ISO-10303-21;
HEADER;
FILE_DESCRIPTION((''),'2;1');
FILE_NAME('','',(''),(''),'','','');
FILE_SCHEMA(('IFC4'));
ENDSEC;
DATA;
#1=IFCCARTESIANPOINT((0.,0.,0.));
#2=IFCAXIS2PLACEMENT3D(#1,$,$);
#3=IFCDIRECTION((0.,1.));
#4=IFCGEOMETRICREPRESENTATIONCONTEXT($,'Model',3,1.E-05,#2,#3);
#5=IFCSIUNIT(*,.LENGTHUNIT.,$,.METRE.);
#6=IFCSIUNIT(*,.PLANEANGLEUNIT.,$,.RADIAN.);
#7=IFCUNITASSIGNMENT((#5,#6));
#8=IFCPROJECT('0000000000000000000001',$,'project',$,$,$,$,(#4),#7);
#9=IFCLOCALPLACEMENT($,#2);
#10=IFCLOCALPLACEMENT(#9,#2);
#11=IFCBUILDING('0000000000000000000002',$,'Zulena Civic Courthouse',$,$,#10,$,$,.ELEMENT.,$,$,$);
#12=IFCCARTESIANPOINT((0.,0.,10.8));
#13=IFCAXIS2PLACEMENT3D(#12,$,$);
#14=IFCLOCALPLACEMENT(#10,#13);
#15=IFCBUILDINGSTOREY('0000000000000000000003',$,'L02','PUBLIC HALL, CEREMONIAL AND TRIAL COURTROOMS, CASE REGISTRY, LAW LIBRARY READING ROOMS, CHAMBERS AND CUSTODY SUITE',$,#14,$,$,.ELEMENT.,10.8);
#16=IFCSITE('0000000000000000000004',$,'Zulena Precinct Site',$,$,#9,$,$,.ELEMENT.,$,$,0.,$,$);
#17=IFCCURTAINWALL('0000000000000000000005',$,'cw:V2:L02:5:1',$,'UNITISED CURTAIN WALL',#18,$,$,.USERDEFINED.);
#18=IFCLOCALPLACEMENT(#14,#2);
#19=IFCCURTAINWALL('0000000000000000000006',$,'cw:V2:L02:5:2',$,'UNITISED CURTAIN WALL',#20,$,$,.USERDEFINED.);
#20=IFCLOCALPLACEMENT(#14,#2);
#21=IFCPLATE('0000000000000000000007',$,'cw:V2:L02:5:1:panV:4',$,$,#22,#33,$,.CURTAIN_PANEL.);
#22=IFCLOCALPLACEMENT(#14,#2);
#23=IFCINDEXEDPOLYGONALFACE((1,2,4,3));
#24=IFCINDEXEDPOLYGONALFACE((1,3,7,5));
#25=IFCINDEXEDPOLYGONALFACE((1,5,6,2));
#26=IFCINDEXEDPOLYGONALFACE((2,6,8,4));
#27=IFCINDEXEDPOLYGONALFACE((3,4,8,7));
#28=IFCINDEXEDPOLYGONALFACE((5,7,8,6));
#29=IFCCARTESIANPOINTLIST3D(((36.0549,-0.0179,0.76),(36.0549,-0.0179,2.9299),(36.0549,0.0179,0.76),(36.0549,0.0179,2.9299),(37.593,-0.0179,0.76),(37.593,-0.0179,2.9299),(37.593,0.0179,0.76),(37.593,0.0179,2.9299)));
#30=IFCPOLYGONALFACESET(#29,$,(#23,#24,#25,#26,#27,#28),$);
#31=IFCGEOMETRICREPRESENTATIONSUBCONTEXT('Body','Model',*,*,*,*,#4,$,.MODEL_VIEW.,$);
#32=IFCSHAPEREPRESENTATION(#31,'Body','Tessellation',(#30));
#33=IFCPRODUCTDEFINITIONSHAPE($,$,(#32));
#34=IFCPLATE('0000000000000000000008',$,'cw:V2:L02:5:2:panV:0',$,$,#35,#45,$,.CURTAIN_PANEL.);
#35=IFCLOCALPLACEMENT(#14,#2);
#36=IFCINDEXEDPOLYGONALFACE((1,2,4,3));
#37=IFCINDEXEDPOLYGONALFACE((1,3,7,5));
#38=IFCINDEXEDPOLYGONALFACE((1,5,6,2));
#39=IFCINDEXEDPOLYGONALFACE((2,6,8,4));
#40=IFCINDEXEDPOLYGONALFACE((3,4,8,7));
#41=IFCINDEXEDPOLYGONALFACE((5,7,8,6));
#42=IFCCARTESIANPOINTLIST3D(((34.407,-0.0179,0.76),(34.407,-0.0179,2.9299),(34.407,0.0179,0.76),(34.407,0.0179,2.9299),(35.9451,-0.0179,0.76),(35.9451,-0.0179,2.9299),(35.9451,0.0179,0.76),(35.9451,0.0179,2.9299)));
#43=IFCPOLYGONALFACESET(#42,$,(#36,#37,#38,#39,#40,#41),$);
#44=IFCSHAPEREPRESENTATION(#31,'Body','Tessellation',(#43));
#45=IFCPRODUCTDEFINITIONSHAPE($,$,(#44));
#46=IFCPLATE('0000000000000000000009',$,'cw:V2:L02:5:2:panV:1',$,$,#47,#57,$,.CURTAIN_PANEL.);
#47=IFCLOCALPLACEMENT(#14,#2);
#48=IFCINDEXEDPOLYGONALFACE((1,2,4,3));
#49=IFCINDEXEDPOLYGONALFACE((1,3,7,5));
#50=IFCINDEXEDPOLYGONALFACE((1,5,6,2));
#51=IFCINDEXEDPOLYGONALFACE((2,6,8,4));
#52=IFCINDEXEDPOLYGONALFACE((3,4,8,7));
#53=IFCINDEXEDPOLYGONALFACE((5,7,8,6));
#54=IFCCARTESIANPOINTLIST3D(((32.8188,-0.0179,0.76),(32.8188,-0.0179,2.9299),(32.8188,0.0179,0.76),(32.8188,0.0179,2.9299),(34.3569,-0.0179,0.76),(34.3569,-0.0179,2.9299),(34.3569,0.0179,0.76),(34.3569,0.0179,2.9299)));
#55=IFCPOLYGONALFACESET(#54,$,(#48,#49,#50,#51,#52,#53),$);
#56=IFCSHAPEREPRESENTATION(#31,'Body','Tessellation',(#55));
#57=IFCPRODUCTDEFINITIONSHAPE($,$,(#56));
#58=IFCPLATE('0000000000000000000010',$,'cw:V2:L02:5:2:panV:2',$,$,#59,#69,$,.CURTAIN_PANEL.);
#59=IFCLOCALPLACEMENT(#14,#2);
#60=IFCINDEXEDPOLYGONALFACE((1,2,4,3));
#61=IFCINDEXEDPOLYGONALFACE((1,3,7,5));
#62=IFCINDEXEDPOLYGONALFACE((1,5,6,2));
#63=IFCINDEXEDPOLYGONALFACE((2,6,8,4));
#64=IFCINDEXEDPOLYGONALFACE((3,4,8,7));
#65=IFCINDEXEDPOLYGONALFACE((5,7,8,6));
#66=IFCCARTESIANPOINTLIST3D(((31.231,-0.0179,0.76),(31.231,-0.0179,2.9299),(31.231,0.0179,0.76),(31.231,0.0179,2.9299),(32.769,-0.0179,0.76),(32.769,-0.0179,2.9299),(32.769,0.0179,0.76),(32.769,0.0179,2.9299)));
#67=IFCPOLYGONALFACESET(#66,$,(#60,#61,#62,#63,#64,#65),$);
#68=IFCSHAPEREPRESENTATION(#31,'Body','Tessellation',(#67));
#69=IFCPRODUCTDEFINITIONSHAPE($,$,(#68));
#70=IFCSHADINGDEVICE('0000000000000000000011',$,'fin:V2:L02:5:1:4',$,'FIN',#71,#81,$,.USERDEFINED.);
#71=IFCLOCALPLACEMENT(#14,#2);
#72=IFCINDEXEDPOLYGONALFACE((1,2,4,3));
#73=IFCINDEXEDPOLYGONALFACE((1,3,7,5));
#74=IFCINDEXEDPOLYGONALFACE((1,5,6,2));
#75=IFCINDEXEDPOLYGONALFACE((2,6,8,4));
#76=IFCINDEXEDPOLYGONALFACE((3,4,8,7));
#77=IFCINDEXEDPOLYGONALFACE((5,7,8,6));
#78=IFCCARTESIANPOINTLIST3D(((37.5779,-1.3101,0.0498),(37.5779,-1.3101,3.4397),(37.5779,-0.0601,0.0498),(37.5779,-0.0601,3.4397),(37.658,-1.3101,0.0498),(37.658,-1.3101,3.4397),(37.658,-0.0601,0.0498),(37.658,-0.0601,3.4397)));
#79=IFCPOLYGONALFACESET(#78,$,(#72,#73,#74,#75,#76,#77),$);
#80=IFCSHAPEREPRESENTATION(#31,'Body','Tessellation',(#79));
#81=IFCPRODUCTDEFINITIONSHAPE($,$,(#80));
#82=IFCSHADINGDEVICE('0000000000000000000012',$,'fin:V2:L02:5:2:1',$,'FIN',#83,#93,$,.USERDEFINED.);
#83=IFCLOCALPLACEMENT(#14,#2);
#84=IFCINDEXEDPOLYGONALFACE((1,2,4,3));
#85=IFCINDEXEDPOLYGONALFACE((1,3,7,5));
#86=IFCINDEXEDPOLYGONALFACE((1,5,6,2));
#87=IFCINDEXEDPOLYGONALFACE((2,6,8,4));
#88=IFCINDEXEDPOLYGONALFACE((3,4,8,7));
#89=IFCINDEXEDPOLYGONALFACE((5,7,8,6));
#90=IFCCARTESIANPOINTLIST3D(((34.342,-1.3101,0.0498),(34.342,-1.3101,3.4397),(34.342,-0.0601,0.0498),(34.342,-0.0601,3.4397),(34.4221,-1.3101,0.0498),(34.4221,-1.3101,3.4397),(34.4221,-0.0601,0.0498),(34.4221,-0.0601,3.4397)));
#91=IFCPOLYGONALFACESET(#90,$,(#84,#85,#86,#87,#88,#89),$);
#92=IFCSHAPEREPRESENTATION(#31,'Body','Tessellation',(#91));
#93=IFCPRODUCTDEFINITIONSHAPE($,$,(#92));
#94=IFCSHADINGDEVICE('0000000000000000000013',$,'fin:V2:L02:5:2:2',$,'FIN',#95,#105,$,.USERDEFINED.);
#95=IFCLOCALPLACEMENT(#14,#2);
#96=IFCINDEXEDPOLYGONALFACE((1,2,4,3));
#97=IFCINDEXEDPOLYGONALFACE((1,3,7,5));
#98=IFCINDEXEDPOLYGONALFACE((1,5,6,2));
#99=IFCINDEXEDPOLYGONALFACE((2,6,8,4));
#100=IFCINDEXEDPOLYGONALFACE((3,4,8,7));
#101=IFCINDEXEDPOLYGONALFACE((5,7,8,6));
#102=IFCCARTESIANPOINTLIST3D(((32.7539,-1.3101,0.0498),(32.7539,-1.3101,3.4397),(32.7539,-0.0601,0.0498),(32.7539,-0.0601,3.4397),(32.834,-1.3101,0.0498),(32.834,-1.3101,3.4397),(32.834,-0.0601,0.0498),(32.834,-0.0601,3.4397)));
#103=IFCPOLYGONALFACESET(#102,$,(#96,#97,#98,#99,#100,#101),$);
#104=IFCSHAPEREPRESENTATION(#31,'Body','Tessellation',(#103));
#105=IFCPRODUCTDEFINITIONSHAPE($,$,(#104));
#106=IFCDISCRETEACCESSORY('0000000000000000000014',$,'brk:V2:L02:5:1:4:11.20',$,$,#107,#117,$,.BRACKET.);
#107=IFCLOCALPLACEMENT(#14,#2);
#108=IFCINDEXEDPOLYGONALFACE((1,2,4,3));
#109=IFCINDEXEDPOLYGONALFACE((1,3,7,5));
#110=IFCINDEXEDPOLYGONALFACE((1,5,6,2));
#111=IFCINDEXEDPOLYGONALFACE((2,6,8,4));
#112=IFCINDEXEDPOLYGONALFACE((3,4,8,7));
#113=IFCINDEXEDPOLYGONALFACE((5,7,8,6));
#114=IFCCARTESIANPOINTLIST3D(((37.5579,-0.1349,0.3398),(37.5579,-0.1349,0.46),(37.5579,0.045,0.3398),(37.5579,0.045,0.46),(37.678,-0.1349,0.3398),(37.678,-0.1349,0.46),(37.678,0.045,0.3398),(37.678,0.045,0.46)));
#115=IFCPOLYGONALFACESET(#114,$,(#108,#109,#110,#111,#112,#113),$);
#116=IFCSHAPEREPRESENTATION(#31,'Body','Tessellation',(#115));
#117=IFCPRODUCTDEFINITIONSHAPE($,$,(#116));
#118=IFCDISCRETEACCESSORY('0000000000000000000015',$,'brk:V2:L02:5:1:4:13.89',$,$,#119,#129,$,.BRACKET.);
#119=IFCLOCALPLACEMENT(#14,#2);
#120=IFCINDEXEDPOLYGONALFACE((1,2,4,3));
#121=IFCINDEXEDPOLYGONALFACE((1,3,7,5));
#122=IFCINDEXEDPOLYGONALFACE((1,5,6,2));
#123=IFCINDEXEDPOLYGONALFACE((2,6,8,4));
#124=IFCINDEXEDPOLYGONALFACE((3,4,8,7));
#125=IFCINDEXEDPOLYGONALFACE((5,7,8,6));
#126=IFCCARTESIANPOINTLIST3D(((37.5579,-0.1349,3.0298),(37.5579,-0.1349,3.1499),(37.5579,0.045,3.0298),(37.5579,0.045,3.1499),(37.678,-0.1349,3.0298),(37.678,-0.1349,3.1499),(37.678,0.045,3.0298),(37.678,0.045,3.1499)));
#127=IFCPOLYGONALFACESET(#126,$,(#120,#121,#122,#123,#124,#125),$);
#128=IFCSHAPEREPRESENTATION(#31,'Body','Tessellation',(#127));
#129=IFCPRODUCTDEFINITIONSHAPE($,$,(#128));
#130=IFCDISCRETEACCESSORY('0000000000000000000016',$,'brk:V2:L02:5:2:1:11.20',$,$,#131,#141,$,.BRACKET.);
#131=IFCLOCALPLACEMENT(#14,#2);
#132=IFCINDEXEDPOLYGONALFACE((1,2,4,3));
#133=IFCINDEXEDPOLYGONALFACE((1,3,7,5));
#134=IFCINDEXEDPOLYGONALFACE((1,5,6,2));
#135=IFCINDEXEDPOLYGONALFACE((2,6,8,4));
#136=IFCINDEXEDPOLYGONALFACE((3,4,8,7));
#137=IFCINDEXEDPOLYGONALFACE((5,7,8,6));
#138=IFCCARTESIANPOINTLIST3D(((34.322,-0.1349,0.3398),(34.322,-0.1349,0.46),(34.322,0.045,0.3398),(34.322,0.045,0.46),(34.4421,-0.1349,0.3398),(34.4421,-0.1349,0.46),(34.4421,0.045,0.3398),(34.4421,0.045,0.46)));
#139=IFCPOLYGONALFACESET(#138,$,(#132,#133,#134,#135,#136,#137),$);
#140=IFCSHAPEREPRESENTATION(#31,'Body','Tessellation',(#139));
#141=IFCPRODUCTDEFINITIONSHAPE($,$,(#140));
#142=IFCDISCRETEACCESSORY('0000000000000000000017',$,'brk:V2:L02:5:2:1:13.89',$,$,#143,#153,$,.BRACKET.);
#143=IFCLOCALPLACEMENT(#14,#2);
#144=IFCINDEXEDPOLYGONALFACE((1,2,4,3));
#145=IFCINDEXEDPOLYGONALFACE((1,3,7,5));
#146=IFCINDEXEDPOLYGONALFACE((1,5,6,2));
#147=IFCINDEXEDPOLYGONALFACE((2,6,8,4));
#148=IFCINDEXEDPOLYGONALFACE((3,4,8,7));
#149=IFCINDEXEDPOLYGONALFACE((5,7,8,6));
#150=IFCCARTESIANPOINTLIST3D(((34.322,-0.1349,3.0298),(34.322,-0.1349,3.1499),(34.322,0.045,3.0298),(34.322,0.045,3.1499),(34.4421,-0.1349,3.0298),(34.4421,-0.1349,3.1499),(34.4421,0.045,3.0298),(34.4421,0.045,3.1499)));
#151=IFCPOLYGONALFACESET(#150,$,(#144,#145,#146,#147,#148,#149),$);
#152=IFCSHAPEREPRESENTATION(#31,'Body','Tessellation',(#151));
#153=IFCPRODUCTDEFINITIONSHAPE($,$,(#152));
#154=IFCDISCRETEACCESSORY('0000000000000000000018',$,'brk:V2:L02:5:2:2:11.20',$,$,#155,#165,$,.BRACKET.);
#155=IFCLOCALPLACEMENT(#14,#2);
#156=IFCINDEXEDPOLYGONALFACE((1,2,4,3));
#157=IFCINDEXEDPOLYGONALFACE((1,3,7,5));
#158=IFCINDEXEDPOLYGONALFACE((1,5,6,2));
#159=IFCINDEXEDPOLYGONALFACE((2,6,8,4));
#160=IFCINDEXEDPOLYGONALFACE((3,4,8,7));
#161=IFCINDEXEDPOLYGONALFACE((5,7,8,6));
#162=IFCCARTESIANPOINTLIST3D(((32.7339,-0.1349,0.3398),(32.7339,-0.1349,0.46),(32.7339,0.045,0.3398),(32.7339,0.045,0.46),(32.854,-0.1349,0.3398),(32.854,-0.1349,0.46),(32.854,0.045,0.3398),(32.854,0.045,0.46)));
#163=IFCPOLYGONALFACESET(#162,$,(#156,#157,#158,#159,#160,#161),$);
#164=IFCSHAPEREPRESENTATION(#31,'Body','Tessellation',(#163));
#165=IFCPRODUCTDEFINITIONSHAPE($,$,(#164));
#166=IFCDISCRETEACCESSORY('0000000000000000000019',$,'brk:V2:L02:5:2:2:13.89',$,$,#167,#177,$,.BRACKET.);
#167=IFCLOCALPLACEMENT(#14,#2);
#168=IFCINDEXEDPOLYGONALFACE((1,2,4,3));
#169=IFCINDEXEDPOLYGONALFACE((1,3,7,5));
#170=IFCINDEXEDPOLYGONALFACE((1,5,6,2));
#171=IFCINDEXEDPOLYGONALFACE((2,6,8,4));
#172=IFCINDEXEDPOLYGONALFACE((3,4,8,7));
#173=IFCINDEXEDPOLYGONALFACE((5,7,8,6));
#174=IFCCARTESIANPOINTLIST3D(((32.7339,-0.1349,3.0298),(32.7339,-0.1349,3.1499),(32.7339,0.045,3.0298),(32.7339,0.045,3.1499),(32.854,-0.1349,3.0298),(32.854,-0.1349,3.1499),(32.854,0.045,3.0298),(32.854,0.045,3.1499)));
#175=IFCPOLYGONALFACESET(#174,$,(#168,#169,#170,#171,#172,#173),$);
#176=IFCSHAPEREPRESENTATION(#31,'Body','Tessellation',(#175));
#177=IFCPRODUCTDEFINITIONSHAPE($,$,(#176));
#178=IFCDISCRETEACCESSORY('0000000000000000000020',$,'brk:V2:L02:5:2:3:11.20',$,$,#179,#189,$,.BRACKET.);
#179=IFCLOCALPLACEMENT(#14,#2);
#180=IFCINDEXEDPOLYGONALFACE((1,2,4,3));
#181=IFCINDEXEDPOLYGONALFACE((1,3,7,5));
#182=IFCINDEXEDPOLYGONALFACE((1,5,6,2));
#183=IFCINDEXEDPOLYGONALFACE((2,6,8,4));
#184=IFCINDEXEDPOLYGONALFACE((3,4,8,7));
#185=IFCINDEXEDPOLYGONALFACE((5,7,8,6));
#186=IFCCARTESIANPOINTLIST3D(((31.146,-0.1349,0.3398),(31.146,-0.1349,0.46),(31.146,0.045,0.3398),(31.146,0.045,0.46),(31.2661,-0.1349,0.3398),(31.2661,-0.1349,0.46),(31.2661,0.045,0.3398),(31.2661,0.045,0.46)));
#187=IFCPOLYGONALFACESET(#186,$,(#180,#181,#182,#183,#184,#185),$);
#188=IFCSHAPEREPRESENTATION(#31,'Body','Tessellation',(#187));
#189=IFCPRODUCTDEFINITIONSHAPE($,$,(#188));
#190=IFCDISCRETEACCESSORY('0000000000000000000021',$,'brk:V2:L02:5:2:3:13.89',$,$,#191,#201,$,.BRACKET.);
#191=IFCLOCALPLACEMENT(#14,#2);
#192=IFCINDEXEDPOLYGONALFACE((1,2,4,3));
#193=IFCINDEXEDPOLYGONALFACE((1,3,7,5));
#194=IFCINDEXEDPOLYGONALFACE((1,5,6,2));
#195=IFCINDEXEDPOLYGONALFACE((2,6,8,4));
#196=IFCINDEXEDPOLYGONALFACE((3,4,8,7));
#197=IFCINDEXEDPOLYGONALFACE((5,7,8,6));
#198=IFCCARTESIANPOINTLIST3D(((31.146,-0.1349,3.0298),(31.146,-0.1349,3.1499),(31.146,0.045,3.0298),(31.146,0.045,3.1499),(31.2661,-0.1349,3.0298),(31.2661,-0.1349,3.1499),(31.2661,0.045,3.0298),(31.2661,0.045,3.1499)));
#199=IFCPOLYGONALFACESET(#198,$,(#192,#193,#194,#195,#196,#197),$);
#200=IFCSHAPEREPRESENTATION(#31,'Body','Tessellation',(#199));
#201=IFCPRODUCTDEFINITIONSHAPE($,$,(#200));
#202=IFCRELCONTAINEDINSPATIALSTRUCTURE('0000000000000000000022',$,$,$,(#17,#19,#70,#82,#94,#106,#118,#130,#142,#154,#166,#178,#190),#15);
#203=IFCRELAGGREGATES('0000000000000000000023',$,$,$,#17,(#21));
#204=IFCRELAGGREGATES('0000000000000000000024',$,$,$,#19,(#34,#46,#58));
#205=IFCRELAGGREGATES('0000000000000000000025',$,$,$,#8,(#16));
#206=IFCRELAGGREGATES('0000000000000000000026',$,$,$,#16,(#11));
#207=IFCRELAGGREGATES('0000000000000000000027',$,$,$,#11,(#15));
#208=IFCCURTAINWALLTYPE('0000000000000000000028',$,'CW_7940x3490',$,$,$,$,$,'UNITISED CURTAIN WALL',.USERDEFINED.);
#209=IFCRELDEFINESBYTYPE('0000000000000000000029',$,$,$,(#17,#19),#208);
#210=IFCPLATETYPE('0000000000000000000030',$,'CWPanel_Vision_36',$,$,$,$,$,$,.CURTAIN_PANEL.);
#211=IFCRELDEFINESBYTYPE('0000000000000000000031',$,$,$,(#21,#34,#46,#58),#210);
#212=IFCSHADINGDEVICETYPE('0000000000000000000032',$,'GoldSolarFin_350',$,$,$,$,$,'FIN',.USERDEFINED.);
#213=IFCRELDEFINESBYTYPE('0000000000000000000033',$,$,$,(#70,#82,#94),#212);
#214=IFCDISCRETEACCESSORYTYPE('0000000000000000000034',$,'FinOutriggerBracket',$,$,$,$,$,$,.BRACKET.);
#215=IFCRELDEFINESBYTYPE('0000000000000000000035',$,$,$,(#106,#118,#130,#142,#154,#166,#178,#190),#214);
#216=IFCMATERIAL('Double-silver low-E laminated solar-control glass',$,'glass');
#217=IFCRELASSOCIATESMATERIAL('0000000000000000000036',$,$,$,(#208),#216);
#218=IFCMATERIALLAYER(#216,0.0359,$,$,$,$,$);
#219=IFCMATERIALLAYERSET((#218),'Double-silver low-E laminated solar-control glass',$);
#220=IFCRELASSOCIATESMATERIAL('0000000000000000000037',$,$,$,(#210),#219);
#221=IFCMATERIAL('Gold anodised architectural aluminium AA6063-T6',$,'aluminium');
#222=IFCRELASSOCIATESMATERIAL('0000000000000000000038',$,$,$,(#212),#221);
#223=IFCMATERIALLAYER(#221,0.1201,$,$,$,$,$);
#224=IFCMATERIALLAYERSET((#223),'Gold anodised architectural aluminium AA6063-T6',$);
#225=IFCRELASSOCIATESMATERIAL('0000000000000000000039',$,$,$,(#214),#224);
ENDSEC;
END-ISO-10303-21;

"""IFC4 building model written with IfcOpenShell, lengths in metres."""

from ifc_helpers import new_model, si_unit, direction, frame, origin, origin_2d, place, context, subcontext, project, spatial, rectangle, extrude, material, layer, layer_set, type_object, element, aggregate, save


model = new_model("IFC4")

# Units and contexts
model_context = context("Model", 3, precision=1e-05, world=origin(), true_north=direction((0.0, 1.0)))
body_context = subcontext(model_context, "Body", "Model", "MODEL_VIEW")
ifc_project = project(units=[si_unit("LENGTHUNIT", "METRE"), si_unit("PLANEANGLEUNIT", "RADIAN")], contexts=[model_context])

# Site, building, storey
site_placement = place(None, origin())
site = spatial("IfcSite", under=ifc_project, at=site_placement, Name="Zulena Precinct Site", CompositionType="ELEMENT", RefElevation=0.0)
building_placement = place(site_placement, origin())
building = spatial("IfcBuilding", under=site, at=building_placement, Name="Zulena Civic Courthouse", CompositionType="ELEMENT")
storey_placement = place(building_placement, frame((0.0, 0.0, 10.8)))
storey = spatial("IfcBuildingStorey", under=building, at=storey_placement, Name="L02", Description="PUBLIC HALL, CEREMONIAL AND TRIAL COURTROOMS, CASE REGISTRY, LAW LIBRARY READING ROOMS, CHAMBERS AND CUSTODY SUITE", CompositionType="ELEMENT", Elevation=10.8)

# Curtain walls
ifc_material_1 = material(Name="Double-silver low-E laminated solar-control glass", Category="glass")
curtain_wall_type = type_object("IfcCurtainWallType", Name="CW_7940x3490", ElementType="UNITISED CURTAIN WALL", PredefinedType="USERDEFINED", material=ifc_material_1)
curtain_wall_1_placement = place(storey_placement, origin())
curtain_wall_1 = element("IfcCurtainWall", 1, at=curtain_wall_1_placement, inside=storey, type_object=curtain_wall_type, Name="cw:V2:L02:5:1", ObjectType="UNITISED CURTAIN WALL", PredefinedType="USERDEFINED")
curtain_wall_2_placement = place(storey_placement, origin())
curtain_wall_2 = element("IfcCurtainWall", 2, at=curtain_wall_2_placement, inside=storey, type_object=curtain_wall_type, Name="cw:V2:L02:5:2", ObjectType="UNITISED CURTAIN WALL", PredefinedType="USERDEFINED")

# Plates
ifc_layer_1 = layer(ifc_material_1, 0.0359)
ifc_layer_set_1 = layer_set([ifc_layer_1], Name="Double-silver low-E laminated solar-control glass")
plate_type_1 = type_object("IfcPlateType", Name="CWPanel_Vision_36", PredefinedType="CURTAIN_PANEL", material=ifc_layer_set_1)
plate_1_placement = place(storey_placement, frame((36.824, 0.0, 0.76), z_axis=(0.0, 0.0, 1.0), x_axis=(-1.0, 0.0, 0.0)))
plate_1 = element("IfcPlate", 3, at=plate_1_placement, type_object=plate_type_1, Name="cw:V2:L02:5:1:panV:4", PredefinedType="CURTAIN_PANEL", context=body_context, shape_type="SweptSolid", body=[
    extrude(rectangle(XDim=1.5381, YDim=0.0359, at=origin_2d()), origin(), (0.0, 0.0, 1.0), 2.1699),
])
aggregate(curtain_wall_1, [plate_1])
plate_2_placement = place(storey_placement, frame((35.176, 0.0, 0.76), z_axis=(0.0, 0.0, 1.0), x_axis=(-1.0, 0.0, 0.0)))
plate_2 = element("IfcPlate", 4, at=plate_2_placement, type_object=plate_type_1, Name="cw:V2:L02:5:2:panV:0", PredefinedType="CURTAIN_PANEL", context=body_context, shape_type="SweptSolid", body=[
    extrude(rectangle(XDim=1.5381, YDim=0.0359, at=origin_2d()), origin(), (0.0, 0.0, 1.0), 2.1699),
])
plate_3_placement = place(storey_placement, frame((33.5879, 0.0, 0.76), z_axis=(0.0, 0.0, 1.0), x_axis=(-1.0, 0.0, 0.0)))
plate_3 = element("IfcPlate", 5, at=plate_3_placement, type_object=plate_type_1, Name="cw:V2:L02:5:2:panV:1", PredefinedType="CURTAIN_PANEL", context=body_context, shape_type="SweptSolid", body=[
    extrude(rectangle(XDim=1.5381, YDim=0.0359, at=origin_2d()), origin(), (0.0, 0.0, 1.0), 2.1699),
])
plate_4_placement = place(storey_placement, frame((32.0, 0.0, 0.76), z_axis=(0.0, 0.0, 1.0), x_axis=(-1.0, 0.0, 0.0)))
plate_4 = element("IfcPlate", 6, at=plate_4_placement, type_object=plate_type_1, Name="cw:V2:L02:5:2:panV:2", PredefinedType="CURTAIN_PANEL", context=body_context, shape_type="SweptSolid", body=[
    extrude(rectangle(XDim=1.5381, YDim=0.0359, at=origin_2d()), origin(), (0.0, 0.0, 1.0), 2.1699),
])
aggregate(curtain_wall_2, [plate_2, plate_3, plate_4])

# Shading devices
ifc_material_2 = material(Name="Gold anodised architectural aluminium AA6063-T6", Category="aluminium")
shading_device_type = type_object("IfcShadingDeviceType", Name="GoldSolarFin_350", ElementType="FIN", PredefinedType="USERDEFINED", material=ifc_material_2)
for number, where, z_axis, x_axis, name in (
    (7, (37.6179, -0.6851, 0.0498), (0.0, 0.0, 1.0), (0.0, -1.0, 0.0), "fin:V2:L02:5:1:4"),
    (8, (34.3821, -0.6851, 0.0498), (0.0, 0.0, 1.0), (0.0, -1.0, 0.0), "fin:V2:L02:5:2:1"),
    (9, (32.7939, -0.6851, 0.0498), (0.0, 0.0, 1.0), (0.0, -1.0, 0.0), "fin:V2:L02:5:2:2"),
):
    element("IfcShadingDevice", number, at=place(storey_placement, frame(where, z_axis=z_axis, x_axis=x_axis)), inside=storey, type_object=shading_device_type, Name=name, ObjectType="FIN", PredefinedType="USERDEFINED", context=body_context, shape_type="SweptSolid", body=[
        extrude(rectangle(XDim=1.25, YDim=0.0801, at=origin_2d()), origin(), (0.0, 0.0, 1.0), 3.3899),
    ])

# Discrete accessories
ifc_layer_2 = layer(ifc_material_2, 0.1201)
ifc_layer_set_2 = layer_set([ifc_layer_2], Name="Gold anodised architectural aluminium AA6063-T6")
discrete_accessory_type = type_object("IfcDiscreteAccessoryType", Name="FinOutriggerBracket", PredefinedType="BRACKET", material=ifc_layer_set_2)
for number, where, z_axis, x_axis, name in (
    (10, (37.6179, -0.0449, 0.3398), (0.0, 0.0, 1.0), (0.0, -1.0, 0.0), "brk:V2:L02:5:1:4:11.20"),
    (11, (37.6179, -0.0449, 3.0298), (0.0, 0.0, 1.0), (0.0, -1.0, 0.0), "brk:V2:L02:5:1:4:13.89"),
    (12, (34.3821, -0.0449, 0.3398), (0.0, 0.0, 1.0), (0.0, -1.0, 0.0), "brk:V2:L02:5:2:1:11.20"),
    (13, (34.3821, -0.0449, 3.0298), (0.0, 0.0, 1.0), (0.0, -1.0, 0.0), "brk:V2:L02:5:2:1:13.89"),
    (14, (32.7939, -0.0449, 0.3398), (0.0, 0.0, 1.0), (0.0, -1.0, 0.0), "brk:V2:L02:5:2:2:11.20"),
    (15, (32.7939, -0.0449, 3.0298), (0.0, 0.0, 1.0), (0.0, -1.0, 0.0), "brk:V2:L02:5:2:2:13.89"),
    (16, (31.2061, -0.0449, 0.3398), (0.0, 0.0, 1.0), (0.0, -1.0, 0.0), "brk:V2:L02:5:2:3:11.20"),
    (17, (31.2061, -0.0449, 3.0298), (0.0, 0.0, 1.0), (0.0, -1.0, 0.0), "brk:V2:L02:5:2:3:13.89"),
):
    element("IfcDiscreteAccessory", number, at=place(storey_placement, frame(where, z_axis=z_axis, x_axis=x_axis)), inside=storey, type_object=discrete_accessory_type, Name=name, PredefinedType="BRACKET", context=body_context, shape_type="SweptSolid", body=[
        extrude(rectangle(XDim=0.1799, YDim=0.1201, at=origin_2d()), origin(), (0.0, 0.0, 1.0), 0.1201),
    ])

save(model, "model.ifc")
